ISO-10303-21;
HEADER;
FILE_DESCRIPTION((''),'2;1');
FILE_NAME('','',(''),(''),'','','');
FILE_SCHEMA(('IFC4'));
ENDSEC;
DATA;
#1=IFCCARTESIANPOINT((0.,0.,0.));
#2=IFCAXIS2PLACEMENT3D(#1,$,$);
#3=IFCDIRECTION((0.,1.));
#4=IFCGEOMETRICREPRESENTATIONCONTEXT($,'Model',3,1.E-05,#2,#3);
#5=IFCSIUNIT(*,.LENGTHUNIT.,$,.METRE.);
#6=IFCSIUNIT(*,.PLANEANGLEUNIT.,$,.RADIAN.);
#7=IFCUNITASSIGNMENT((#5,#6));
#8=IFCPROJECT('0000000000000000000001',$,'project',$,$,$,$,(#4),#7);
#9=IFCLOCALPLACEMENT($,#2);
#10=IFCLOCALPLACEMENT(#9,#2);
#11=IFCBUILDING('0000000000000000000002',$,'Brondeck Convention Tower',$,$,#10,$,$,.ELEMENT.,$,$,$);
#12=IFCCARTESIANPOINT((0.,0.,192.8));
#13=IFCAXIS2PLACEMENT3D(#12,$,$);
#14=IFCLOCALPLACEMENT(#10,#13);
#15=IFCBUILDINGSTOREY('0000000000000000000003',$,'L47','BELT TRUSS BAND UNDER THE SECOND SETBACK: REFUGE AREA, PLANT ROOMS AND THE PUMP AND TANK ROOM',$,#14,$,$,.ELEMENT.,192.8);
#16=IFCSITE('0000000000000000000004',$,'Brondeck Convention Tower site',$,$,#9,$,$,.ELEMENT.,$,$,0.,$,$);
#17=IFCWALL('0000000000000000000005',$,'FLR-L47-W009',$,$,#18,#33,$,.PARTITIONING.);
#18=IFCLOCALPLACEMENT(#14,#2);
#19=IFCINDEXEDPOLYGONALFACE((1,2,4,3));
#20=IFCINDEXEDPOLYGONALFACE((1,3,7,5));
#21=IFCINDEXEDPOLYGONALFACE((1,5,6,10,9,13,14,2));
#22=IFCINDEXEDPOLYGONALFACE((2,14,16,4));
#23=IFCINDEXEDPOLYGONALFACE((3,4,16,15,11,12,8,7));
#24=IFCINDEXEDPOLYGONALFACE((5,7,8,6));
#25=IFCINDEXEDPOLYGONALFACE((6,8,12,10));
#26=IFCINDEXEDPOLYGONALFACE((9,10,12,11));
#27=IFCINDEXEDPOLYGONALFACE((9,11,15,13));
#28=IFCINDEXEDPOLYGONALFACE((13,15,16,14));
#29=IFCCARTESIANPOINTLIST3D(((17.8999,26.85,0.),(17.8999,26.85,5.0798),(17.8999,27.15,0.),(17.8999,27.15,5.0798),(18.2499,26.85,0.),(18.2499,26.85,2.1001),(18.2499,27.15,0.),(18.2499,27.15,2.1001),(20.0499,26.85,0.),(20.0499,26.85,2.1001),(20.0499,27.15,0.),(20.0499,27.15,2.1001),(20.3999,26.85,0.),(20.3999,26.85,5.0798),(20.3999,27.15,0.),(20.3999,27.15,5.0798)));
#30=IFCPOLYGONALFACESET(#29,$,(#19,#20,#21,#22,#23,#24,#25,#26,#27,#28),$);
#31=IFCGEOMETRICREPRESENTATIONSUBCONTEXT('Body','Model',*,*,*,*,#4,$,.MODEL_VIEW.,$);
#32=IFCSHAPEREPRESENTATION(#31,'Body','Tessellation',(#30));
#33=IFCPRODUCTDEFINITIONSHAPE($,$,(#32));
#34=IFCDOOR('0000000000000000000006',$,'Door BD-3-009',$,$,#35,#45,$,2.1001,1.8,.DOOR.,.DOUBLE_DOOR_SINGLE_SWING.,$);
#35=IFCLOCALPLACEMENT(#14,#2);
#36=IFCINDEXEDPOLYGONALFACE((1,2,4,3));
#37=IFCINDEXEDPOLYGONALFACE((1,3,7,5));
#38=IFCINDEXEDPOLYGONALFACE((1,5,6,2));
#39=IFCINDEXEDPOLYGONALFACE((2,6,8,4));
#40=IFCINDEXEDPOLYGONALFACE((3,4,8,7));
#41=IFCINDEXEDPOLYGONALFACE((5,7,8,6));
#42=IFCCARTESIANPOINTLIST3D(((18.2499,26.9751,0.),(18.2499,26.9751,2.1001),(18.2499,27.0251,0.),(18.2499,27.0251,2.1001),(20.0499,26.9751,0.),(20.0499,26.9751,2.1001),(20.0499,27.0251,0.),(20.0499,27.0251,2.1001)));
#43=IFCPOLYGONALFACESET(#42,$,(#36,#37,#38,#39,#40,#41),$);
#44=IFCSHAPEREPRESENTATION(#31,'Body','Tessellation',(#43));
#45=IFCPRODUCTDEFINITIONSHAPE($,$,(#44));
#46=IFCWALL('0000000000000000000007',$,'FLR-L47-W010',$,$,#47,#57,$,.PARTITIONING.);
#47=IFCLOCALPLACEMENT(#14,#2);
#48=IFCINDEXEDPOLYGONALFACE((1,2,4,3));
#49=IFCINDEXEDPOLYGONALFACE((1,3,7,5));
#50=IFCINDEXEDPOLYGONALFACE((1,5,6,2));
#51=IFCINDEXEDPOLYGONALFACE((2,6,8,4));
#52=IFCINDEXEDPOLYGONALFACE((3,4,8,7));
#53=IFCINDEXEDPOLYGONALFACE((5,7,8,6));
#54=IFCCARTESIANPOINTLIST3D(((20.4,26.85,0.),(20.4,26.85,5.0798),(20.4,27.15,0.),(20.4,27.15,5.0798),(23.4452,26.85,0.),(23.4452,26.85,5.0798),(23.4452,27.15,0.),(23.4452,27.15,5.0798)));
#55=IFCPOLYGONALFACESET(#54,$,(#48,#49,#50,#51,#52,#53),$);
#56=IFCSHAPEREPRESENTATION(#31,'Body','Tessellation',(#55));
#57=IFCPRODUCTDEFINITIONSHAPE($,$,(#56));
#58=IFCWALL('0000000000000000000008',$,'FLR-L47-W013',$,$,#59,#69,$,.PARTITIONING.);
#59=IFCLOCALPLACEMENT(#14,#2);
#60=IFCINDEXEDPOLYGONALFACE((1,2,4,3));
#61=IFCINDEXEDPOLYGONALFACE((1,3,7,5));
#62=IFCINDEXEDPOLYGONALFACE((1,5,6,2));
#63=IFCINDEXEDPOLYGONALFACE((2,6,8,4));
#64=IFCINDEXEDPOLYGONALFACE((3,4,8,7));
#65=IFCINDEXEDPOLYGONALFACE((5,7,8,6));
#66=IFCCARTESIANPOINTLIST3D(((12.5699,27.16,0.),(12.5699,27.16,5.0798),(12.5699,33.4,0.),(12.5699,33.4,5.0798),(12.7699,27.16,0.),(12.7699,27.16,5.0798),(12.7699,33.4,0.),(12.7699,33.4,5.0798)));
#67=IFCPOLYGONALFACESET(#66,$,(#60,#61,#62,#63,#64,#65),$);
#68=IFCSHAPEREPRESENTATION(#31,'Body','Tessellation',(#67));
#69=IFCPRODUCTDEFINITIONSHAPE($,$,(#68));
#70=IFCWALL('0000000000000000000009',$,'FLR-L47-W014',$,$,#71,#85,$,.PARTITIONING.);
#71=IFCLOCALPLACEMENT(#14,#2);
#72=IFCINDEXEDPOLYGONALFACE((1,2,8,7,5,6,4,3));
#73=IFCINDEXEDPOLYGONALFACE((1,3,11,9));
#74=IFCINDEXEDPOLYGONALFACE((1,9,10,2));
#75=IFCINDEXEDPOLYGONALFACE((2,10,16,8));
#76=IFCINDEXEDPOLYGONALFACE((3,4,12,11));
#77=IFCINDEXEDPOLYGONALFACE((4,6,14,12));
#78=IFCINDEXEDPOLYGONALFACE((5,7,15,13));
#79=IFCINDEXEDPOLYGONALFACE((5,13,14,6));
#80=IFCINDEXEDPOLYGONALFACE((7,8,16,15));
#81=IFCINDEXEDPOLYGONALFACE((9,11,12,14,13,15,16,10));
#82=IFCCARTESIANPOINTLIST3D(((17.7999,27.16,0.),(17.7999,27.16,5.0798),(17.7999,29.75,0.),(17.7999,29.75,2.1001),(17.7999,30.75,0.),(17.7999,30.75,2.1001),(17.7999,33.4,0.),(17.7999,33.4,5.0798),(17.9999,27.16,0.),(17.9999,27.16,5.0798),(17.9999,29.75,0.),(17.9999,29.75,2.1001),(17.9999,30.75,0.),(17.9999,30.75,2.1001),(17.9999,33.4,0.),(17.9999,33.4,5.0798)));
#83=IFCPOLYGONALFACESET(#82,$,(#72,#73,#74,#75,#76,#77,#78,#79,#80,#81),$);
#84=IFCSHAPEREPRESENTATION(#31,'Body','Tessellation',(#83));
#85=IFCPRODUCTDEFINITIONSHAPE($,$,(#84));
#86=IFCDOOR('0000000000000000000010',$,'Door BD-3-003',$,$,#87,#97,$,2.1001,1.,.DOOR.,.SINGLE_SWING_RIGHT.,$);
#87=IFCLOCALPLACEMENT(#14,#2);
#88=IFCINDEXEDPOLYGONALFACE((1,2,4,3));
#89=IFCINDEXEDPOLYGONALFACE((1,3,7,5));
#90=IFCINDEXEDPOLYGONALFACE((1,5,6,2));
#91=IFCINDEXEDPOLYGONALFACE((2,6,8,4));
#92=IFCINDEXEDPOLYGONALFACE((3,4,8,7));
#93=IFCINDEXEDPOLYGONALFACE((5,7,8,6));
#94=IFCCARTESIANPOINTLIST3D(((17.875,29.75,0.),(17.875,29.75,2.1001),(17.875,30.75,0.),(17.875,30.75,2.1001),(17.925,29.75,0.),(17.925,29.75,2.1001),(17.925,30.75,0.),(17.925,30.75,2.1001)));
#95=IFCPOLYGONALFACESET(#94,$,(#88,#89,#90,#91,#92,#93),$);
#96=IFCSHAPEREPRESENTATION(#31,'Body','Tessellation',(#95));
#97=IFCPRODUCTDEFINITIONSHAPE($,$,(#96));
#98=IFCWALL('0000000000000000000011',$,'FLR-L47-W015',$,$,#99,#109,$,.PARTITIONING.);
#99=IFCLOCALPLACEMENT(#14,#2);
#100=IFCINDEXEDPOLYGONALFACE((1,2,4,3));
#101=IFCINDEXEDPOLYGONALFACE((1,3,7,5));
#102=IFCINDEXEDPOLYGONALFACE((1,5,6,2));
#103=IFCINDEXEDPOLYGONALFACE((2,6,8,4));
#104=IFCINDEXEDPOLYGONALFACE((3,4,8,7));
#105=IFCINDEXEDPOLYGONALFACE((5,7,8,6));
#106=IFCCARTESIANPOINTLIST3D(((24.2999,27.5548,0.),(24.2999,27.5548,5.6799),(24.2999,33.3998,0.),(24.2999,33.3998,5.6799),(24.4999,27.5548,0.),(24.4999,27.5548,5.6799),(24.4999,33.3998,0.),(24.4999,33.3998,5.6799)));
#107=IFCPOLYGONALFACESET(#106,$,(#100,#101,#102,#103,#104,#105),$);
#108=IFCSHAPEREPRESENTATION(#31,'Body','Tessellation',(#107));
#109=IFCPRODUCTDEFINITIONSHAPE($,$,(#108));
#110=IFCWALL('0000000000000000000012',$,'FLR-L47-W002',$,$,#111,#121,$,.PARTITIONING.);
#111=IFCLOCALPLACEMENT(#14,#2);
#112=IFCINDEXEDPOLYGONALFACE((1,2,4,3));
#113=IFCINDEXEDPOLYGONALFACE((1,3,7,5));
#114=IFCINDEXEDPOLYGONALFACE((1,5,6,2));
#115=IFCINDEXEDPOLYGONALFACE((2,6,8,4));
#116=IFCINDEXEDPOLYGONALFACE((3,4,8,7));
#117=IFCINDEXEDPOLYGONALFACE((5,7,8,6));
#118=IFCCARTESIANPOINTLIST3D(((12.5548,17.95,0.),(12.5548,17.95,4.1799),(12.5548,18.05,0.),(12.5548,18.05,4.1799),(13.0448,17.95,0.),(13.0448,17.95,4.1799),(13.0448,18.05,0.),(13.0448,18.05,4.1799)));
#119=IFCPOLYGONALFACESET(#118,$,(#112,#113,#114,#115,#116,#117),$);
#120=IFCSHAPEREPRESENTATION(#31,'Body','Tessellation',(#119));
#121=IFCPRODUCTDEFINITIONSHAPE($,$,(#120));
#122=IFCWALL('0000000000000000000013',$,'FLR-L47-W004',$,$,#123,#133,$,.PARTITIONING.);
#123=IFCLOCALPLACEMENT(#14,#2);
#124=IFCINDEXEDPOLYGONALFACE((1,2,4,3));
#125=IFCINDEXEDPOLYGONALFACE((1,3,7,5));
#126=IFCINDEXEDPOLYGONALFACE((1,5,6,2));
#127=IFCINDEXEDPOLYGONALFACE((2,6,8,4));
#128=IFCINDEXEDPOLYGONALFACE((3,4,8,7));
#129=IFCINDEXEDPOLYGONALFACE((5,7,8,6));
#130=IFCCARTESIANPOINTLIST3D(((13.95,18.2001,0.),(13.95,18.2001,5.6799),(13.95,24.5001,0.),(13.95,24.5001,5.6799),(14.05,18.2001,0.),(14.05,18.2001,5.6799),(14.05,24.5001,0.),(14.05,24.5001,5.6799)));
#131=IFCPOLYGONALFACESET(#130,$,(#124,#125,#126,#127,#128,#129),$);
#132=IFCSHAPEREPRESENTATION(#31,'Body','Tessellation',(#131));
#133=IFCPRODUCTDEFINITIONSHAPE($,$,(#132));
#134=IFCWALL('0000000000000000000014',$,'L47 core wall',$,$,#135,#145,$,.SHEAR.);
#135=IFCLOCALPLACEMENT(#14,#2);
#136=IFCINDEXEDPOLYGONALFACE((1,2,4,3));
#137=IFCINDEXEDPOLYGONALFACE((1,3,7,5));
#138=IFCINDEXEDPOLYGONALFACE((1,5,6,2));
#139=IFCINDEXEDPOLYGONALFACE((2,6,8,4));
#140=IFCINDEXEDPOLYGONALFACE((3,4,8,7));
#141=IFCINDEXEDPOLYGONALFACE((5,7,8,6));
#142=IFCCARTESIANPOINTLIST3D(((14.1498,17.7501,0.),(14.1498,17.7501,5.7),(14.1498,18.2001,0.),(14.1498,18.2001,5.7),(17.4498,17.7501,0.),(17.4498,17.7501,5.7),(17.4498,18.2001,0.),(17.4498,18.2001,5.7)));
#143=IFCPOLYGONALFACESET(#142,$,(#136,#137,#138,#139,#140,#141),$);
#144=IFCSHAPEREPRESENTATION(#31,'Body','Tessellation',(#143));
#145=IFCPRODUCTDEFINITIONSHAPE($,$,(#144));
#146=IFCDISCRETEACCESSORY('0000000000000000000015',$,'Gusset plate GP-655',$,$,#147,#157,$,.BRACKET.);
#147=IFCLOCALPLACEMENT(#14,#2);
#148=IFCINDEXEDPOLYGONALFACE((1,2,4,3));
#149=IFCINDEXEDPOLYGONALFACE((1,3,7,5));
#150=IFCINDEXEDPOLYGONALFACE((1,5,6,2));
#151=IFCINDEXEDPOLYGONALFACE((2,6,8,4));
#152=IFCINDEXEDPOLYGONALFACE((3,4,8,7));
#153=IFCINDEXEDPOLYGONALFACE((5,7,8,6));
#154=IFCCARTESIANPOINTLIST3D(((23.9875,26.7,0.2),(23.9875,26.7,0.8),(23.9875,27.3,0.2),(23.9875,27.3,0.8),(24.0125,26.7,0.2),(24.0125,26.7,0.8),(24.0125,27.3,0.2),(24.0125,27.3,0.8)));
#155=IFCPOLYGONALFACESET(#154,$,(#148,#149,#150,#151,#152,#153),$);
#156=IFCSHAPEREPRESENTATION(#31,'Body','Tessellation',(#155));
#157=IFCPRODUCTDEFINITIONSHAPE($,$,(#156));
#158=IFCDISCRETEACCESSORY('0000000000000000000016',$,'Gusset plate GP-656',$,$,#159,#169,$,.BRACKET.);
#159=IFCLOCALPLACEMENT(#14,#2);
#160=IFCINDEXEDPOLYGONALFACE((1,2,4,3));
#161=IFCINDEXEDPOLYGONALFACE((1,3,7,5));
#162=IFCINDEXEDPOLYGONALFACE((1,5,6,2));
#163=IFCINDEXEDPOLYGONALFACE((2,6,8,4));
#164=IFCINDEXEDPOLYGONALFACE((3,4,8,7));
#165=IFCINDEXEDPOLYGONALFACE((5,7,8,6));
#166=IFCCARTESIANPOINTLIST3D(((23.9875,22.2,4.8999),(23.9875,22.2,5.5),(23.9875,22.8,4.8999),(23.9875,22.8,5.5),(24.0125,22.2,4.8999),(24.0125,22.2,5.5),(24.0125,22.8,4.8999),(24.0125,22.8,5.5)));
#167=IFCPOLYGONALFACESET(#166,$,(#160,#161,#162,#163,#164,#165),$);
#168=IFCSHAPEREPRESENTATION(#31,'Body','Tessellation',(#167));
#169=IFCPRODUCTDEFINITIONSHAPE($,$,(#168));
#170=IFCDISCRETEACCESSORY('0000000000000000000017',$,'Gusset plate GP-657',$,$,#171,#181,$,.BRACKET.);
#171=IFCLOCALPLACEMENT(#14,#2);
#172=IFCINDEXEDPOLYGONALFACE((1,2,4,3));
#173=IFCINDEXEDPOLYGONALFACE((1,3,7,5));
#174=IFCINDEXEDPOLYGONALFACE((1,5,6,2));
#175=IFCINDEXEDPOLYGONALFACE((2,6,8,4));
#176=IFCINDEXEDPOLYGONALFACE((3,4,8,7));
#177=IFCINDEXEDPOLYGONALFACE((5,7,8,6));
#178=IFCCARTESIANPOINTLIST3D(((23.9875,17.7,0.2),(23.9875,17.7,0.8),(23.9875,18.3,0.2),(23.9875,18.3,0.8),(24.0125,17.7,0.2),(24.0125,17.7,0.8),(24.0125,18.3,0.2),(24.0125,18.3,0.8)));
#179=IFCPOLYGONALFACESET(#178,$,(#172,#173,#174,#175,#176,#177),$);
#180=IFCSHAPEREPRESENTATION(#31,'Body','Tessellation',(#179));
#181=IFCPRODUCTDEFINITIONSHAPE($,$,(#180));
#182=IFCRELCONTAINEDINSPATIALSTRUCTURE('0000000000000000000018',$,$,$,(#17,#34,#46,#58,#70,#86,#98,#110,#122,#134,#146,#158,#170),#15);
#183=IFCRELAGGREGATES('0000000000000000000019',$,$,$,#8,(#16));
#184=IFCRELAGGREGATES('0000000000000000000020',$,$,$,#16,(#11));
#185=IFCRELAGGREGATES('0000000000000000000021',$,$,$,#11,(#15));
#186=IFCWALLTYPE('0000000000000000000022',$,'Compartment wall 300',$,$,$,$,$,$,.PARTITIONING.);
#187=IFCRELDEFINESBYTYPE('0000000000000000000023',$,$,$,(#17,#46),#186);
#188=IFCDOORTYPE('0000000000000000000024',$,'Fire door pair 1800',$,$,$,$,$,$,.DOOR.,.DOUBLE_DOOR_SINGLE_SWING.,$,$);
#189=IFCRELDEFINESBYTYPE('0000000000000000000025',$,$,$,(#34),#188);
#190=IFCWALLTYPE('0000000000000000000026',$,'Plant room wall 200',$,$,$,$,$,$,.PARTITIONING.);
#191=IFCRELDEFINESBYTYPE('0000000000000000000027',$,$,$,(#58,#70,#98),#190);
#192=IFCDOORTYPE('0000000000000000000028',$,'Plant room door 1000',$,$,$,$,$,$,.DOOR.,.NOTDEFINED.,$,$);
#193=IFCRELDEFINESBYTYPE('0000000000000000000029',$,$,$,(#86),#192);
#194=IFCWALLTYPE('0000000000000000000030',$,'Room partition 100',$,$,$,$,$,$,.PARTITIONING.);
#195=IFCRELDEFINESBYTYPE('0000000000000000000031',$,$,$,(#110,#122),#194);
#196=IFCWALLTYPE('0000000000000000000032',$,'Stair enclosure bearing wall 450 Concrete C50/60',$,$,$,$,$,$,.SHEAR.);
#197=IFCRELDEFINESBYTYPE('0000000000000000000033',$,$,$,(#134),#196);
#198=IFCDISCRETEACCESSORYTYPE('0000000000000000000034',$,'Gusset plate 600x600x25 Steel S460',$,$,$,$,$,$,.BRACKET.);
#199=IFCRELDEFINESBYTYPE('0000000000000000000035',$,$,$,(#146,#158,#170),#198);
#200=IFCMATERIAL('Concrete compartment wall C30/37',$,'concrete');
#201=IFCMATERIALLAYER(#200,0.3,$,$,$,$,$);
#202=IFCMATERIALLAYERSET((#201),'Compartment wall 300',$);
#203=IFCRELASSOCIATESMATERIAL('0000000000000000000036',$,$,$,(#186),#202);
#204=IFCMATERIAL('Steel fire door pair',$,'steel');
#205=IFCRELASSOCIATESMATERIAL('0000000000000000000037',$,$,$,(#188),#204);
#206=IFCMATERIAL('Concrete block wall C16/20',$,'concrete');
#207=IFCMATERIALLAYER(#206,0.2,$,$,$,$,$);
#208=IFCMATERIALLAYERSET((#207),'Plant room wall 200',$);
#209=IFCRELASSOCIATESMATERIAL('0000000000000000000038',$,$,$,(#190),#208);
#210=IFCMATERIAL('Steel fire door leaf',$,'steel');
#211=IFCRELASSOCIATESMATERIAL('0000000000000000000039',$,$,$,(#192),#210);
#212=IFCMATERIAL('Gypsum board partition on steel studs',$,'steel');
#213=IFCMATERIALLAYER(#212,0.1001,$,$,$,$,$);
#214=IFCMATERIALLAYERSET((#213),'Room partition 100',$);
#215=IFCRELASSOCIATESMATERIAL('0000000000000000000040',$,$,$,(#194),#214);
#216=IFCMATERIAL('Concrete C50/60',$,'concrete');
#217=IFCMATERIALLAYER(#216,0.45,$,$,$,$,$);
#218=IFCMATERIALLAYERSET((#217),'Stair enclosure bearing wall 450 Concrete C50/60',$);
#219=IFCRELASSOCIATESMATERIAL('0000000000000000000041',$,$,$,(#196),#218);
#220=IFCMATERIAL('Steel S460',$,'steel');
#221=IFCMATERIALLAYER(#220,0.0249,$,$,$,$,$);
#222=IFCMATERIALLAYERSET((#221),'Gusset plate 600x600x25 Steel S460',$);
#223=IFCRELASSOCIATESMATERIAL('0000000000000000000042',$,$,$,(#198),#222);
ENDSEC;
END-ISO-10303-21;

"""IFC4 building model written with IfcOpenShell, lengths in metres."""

from ifc_helpers import new_model, si_unit, direction, frame, frame_2d, origin, origin_2d, place, context, subcontext, project, spatial, rectangle, extrude, material, layer, layer_set, type_object, element, fill, save


model = new_model("IFC4")

# Units and contexts
model_context = context("Model", 3, precision=1e-05, world=origin(), true_north=direction((0.0, 1.0)))
body_context = subcontext(model_context, "Body", "Model", "MODEL_VIEW")
ifc_project = project(units=[si_unit("LENGTHUNIT", "METRE"), si_unit("PLANEANGLEUNIT", "RADIAN")], contexts=[model_context])

# Site, building, storey
site_placement = place(None, origin())
site = spatial("IfcSite", under=ifc_project, at=site_placement, Name="Brondeck Convention Tower site", CompositionType="ELEMENT", RefElevation=0.0)
building_placement = place(site_placement, origin())
building = spatial("IfcBuilding", under=site, at=building_placement, Name="Brondeck Convention Tower", CompositionType="ELEMENT")
storey_placement = place(building_placement, frame((0.0, 0.0, 192.8)))
storey = spatial("IfcBuildingStorey", under=building, at=storey_placement, Name="L47", Description="BELT TRUSS BAND UNDER THE SECOND SETBACK: REFUGE AREA, PLANT ROOMS AND THE PUMP AND TANK ROOM", CompositionType="ELEMENT", Elevation=192.8)

# Shared definitions
ifc_material_1 = material(Name="Steel S460", Category="steel")

# Shared definitions
ifc_material_2 = material(Name="Concrete compartment wall C30/37", Category="concrete")
ifc_layer_1 = layer(ifc_material_2, 0.3)
ifc_layer_set_1 = layer_set([ifc_layer_1], Name="Compartment wall 300")
wall_type_1 = type_object("IfcWallType", Name="Compartment wall 300", PredefinedType="PARTITIONING", material=ifc_layer_set_1)

# Wall, opening, door
wall_1_placement = place(storey_placement, frame((20.3999, 27.0, 0.0), z_axis=(0.0, 0.0, 1.0), x_axis=(-1.0, 0.0, 0.0)))
wall_1 = element("IfcWall", 1, at=wall_1_placement, inside=storey, type_object=wall_type_1, Name="FLR-L47-W009", PredefinedType="PARTITIONING", context=body_context, shape_type="SweptSolid", body=[
    extrude(rectangle(XDim=2.5, YDim=0.3, at=frame_2d((1.25, 0.0))), origin(), (0.0, 0.0, 1.0), 5.0798),
])
opening_1_placement = place(wall_1_placement, frame((0.3501, 0.0, 0.0)))
opening_1 = element("IfcOpeningElement", 2, at=opening_1_placement, cuts=wall_1, PredefinedType="OPENING", context=body_context, shape_type="SweptSolid", body=[
    extrude(rectangle(XDim=1.8, YDim=2.1001, at=frame_2d((0.8999, 1.05))), frame((0.0, 0.1599, 0.0), z_axis=(0.0, -1.0, 0.0), x_axis=(1.0, 0.0, 0.0)), (0.0, 0.0, 1.0), 0.3201),
])
ifc_material_3 = material(Name="Steel fire door pair", Category="steel")
door_type_1 = type_object("IfcDoorType", Name="Fire door pair 1800", OperationType="DOUBLE_DOOR_SINGLE_SWING", PredefinedType="DOOR", material=ifc_material_3)
door_1_placement = place(opening_1_placement, origin())
door_1 = element("IfcDoor", 3, at=door_1_placement, inside=storey, type_object=door_type_1, Name="Door BD-3-009", OperationType="DOUBLE_DOOR_SINGLE_SWING", OverallHeight=2.1001, OverallWidth=1.8, PredefinedType="DOOR", context=body_context, shape_type="SweptSolid", body=[
    extrude(rectangle(XDim=1.8, YDim=2.1001, at=frame_2d((0.8999, 1.05))), frame((0.0, 0.0249, 0.0), z_axis=(0.0, -1.0, 0.0), x_axis=(1.0, 0.0, 0.0)), (0.0, 0.0, 1.0), 0.05),
])
fill(opening_1, door_1)

# Walls
wall_2_placement = place(storey_placement, frame((23.4451, 27.0, 0.0), z_axis=(0.0, 0.0, 1.0), x_axis=(-1.0, 0.0, 0.0)))
element("IfcWall", 4, at=wall_2_placement, inside=storey, type_object=wall_type_1, Name="FLR-L47-W010", PredefinedType="PARTITIONING", context=body_context, shape_type="SweptSolid", body=[
    extrude(rectangle(XDim=3.0452, YDim=0.3, at=frame_2d((1.5225, 0.0))), origin(), (0.0, 0.0, 1.0), 5.0798),
])
ifc_material_4 = material(Name="Concrete block wall C16/20", Category="concrete")
ifc_layer_2 = layer(ifc_material_4, 0.2)
ifc_layer_set_2 = layer_set([ifc_layer_2], Name="Plant room wall 200")
wall_type_2 = type_object("IfcWallType", Name="Plant room wall 200", PredefinedType="PARTITIONING", material=ifc_layer_set_2)
wall_3_placement = place(storey_placement, frame((12.6699, 27.1599, 0.0), z_axis=(0.0, 0.0, 1.0), x_axis=(0.0, 1.0, 0.0)))
element("IfcWall", 5, at=wall_3_placement, inside=storey, type_object=wall_type_2, Name="FLR-L47-W013", PredefinedType="PARTITIONING", context=body_context, shape_type="SweptSolid", body=[
    extrude(rectangle(XDim=6.24, YDim=0.2, at=frame_2d((3.1201, 0.0))), origin(), (0.0, 0.0, 1.0), 5.0798),
])

# Wall, opening, door
wall_4_placement = place(storey_placement, frame((17.8999, 27.1599, 0.0), z_axis=(0.0, 0.0, 1.0), x_axis=(0.0, 1.0, 0.0)))
wall_4 = element("IfcWall", 6, at=wall_4_placement, inside=storey, type_object=wall_type_2, Name="FLR-L47-W014", PredefinedType="PARTITIONING", context=body_context, shape_type="SweptSolid", body=[
    extrude(rectangle(XDim=6.24, YDim=0.2, at=frame_2d((3.1201, 0.0))), origin(), (0.0, 0.0, 1.0), 5.0798),
])
opening_2_placement = place(wall_4_placement, frame((2.5901, 0.0, 0.0)))
opening_2 = element("IfcOpeningElement", 7, at=opening_2_placement, cuts=wall_4, PredefinedType="OPENING", context=body_context, shape_type="SweptSolid", body=[
    extrude(rectangle(XDim=1.0, YDim=2.1001, at=frame_2d((0.5, 1.05))), frame((0.0, 0.1099, 0.0), z_axis=(0.0, -1.0, 0.0), x_axis=(1.0, 0.0, 0.0)), (0.0, 0.0, 1.0), 0.22),
])
ifc_material_5 = material(Name="Steel fire door leaf", Category="steel")
door_type_2 = type_object("IfcDoorType", Name="Plant room door 1000", OperationType="NOTDEFINED", PredefinedType="DOOR", material=ifc_material_5)
door_2_placement = place(opening_2_placement, origin())
door_2 = element("IfcDoor", 8, at=door_2_placement, inside=storey, type_object=door_type_2, Name="Door BD-3-003", OperationType="SINGLE_SWING_RIGHT", OverallHeight=2.1001, OverallWidth=1.0, PredefinedType="DOOR", context=body_context, shape_type="SweptSolid", body=[
    extrude(rectangle(XDim=1.0, YDim=2.1001, at=frame_2d((0.5, 1.05))), frame((0.0, 0.0249, 0.0), z_axis=(0.0, -1.0, 0.0), x_axis=(1.0, 0.0, 0.0)), (0.0, 0.0, 1.0), 0.05),
])
fill(opening_2, door_2)

# Walls
wall_5_placement = place(storey_placement, frame((24.3999, 27.5549, 0.0), z_axis=(0.0, 0.0, 1.0), x_axis=(0.0, 1.0, 0.0)))
element("IfcWall", 9, at=wall_5_placement, inside=storey, type_object=wall_type_2, Name="FLR-L47-W015", PredefinedType="PARTITIONING", context=body_context, shape_type="SweptSolid", body=[
    extrude(rectangle(XDim=5.845, YDim=0.2, at=frame_2d((2.9224, 0.0))), origin(), (0.0, 0.0, 1.0), 5.6799),
])
ifc_material_6 = material(Name="Gypsum board partition on steel studs", Category="steel")
ifc_layer_3 = layer(ifc_material_6, 0.1001)
ifc_layer_set_3 = layer_set([ifc_layer_3], Name="Room partition 100")
wall_type_3 = type_object("IfcWallType", Name="Room partition 100", PredefinedType="PARTITIONING", material=ifc_layer_set_3)
wall_6_placement = place(storey_placement, frame((13.0449, 18.0, 0.0), z_axis=(0.0, 0.0, 1.0), x_axis=(-1.0, 0.0, 0.0)))
element("IfcWall", 10, at=wall_6_placement, inside=storey, type_object=wall_type_3, Name="FLR-L47-W002", PredefinedType="PARTITIONING", context=body_context, shape_type="SweptSolid", body=[
    extrude(rectangle(XDim=0.49, YDim=0.1001, at=frame_2d((0.2451, 0.0))), origin(), (0.0, 0.0, 1.0), 4.1799),
])
wall_7_placement = place(storey_placement, frame((14.0, 24.5, 0.0), z_axis=(0.0, 0.0, 1.0), x_axis=(0.0, -1.0, 0.0)))
element("IfcWall", 11, at=wall_7_placement, inside=storey, type_object=wall_type_3, Name="FLR-L47-W004", PredefinedType="PARTITIONING", context=body_context, shape_type="SweptSolid", body=[
    extrude(rectangle(XDim=6.3, YDim=0.1001, at=frame_2d((3.1499, 0.0))), origin(), (0.0, 0.0, 1.0), 5.6799),
])
ifc_material_7 = material(Name="Concrete C50/60", Category="concrete")
ifc_layer_4 = layer(ifc_material_7, 0.45)
ifc_layer_set_4 = layer_set([ifc_layer_4], Name="Stair enclosure bearing wall 450 Concrete C50/60")
wall_type_4 = type_object("IfcWallType", Name="Stair enclosure bearing wall 450 Concrete C50/60", PredefinedType="SHEAR", material=ifc_layer_set_4)
wall_8_placement = place(storey_placement, frame((14.1499, 17.9751, 0.0), z_axis=(0.0, 0.0, 1.0), x_axis=(1.0, 0.0, 0.0)))
element("IfcWall", 12, at=wall_8_placement, inside=storey, type_object=wall_type_4, Name="L47 core wall", PredefinedType="SHEAR", context=body_context, shape_type="SweptSolid", body=[
    extrude(rectangle(XDim=3.3, YDim=0.45, at=frame_2d((1.6499, 0.0))), origin(), (0.0, 0.0, 1.0), 5.7),
])

# Discrete accessories
ifc_layer_5 = layer(ifc_material_1, 0.0249)
ifc_layer_set_5 = layer_set([ifc_layer_5], Name="Gusset plate 600x600x25 Steel S460")
discrete_accessory_type = type_object("IfcDiscreteAccessoryType", Name="Gusset plate 600x600x25 Steel S460", PredefinedType="BRACKET", material=ifc_layer_set_5)
for number, where, z_axis, x_axis, name in (
    (13, (24.0, 27.0, 0.2), (0.0, 0.0, 1.0), (0.0, 1.0, 0.0), "Gusset plate GP-655"),
    (14, (24.0, 22.5, 4.8999), (0.0, 0.0, 1.0), (0.0, 1.0, 0.0), "Gusset plate GP-656"),
    (15, (24.0, 18.0, 0.2), (0.0, 0.0, 1.0), (0.0, 1.0, 0.0), "Gusset plate GP-657"),
):
    element("IfcDiscreteAccessory", number, at=place(storey_placement, frame(where, z_axis=z_axis, x_axis=x_axis)), inside=storey, type_object=discrete_accessory_type, Name=name, PredefinedType="BRACKET", context=body_context, shape_type="SweptSolid", body=[
        extrude(rectangle(XDim=0.6001, YDim=0.0249, at=origin_2d()), origin(), (0.0, 0.0, 1.0), 0.6001),
    ])

save(model, "model.ifc")
